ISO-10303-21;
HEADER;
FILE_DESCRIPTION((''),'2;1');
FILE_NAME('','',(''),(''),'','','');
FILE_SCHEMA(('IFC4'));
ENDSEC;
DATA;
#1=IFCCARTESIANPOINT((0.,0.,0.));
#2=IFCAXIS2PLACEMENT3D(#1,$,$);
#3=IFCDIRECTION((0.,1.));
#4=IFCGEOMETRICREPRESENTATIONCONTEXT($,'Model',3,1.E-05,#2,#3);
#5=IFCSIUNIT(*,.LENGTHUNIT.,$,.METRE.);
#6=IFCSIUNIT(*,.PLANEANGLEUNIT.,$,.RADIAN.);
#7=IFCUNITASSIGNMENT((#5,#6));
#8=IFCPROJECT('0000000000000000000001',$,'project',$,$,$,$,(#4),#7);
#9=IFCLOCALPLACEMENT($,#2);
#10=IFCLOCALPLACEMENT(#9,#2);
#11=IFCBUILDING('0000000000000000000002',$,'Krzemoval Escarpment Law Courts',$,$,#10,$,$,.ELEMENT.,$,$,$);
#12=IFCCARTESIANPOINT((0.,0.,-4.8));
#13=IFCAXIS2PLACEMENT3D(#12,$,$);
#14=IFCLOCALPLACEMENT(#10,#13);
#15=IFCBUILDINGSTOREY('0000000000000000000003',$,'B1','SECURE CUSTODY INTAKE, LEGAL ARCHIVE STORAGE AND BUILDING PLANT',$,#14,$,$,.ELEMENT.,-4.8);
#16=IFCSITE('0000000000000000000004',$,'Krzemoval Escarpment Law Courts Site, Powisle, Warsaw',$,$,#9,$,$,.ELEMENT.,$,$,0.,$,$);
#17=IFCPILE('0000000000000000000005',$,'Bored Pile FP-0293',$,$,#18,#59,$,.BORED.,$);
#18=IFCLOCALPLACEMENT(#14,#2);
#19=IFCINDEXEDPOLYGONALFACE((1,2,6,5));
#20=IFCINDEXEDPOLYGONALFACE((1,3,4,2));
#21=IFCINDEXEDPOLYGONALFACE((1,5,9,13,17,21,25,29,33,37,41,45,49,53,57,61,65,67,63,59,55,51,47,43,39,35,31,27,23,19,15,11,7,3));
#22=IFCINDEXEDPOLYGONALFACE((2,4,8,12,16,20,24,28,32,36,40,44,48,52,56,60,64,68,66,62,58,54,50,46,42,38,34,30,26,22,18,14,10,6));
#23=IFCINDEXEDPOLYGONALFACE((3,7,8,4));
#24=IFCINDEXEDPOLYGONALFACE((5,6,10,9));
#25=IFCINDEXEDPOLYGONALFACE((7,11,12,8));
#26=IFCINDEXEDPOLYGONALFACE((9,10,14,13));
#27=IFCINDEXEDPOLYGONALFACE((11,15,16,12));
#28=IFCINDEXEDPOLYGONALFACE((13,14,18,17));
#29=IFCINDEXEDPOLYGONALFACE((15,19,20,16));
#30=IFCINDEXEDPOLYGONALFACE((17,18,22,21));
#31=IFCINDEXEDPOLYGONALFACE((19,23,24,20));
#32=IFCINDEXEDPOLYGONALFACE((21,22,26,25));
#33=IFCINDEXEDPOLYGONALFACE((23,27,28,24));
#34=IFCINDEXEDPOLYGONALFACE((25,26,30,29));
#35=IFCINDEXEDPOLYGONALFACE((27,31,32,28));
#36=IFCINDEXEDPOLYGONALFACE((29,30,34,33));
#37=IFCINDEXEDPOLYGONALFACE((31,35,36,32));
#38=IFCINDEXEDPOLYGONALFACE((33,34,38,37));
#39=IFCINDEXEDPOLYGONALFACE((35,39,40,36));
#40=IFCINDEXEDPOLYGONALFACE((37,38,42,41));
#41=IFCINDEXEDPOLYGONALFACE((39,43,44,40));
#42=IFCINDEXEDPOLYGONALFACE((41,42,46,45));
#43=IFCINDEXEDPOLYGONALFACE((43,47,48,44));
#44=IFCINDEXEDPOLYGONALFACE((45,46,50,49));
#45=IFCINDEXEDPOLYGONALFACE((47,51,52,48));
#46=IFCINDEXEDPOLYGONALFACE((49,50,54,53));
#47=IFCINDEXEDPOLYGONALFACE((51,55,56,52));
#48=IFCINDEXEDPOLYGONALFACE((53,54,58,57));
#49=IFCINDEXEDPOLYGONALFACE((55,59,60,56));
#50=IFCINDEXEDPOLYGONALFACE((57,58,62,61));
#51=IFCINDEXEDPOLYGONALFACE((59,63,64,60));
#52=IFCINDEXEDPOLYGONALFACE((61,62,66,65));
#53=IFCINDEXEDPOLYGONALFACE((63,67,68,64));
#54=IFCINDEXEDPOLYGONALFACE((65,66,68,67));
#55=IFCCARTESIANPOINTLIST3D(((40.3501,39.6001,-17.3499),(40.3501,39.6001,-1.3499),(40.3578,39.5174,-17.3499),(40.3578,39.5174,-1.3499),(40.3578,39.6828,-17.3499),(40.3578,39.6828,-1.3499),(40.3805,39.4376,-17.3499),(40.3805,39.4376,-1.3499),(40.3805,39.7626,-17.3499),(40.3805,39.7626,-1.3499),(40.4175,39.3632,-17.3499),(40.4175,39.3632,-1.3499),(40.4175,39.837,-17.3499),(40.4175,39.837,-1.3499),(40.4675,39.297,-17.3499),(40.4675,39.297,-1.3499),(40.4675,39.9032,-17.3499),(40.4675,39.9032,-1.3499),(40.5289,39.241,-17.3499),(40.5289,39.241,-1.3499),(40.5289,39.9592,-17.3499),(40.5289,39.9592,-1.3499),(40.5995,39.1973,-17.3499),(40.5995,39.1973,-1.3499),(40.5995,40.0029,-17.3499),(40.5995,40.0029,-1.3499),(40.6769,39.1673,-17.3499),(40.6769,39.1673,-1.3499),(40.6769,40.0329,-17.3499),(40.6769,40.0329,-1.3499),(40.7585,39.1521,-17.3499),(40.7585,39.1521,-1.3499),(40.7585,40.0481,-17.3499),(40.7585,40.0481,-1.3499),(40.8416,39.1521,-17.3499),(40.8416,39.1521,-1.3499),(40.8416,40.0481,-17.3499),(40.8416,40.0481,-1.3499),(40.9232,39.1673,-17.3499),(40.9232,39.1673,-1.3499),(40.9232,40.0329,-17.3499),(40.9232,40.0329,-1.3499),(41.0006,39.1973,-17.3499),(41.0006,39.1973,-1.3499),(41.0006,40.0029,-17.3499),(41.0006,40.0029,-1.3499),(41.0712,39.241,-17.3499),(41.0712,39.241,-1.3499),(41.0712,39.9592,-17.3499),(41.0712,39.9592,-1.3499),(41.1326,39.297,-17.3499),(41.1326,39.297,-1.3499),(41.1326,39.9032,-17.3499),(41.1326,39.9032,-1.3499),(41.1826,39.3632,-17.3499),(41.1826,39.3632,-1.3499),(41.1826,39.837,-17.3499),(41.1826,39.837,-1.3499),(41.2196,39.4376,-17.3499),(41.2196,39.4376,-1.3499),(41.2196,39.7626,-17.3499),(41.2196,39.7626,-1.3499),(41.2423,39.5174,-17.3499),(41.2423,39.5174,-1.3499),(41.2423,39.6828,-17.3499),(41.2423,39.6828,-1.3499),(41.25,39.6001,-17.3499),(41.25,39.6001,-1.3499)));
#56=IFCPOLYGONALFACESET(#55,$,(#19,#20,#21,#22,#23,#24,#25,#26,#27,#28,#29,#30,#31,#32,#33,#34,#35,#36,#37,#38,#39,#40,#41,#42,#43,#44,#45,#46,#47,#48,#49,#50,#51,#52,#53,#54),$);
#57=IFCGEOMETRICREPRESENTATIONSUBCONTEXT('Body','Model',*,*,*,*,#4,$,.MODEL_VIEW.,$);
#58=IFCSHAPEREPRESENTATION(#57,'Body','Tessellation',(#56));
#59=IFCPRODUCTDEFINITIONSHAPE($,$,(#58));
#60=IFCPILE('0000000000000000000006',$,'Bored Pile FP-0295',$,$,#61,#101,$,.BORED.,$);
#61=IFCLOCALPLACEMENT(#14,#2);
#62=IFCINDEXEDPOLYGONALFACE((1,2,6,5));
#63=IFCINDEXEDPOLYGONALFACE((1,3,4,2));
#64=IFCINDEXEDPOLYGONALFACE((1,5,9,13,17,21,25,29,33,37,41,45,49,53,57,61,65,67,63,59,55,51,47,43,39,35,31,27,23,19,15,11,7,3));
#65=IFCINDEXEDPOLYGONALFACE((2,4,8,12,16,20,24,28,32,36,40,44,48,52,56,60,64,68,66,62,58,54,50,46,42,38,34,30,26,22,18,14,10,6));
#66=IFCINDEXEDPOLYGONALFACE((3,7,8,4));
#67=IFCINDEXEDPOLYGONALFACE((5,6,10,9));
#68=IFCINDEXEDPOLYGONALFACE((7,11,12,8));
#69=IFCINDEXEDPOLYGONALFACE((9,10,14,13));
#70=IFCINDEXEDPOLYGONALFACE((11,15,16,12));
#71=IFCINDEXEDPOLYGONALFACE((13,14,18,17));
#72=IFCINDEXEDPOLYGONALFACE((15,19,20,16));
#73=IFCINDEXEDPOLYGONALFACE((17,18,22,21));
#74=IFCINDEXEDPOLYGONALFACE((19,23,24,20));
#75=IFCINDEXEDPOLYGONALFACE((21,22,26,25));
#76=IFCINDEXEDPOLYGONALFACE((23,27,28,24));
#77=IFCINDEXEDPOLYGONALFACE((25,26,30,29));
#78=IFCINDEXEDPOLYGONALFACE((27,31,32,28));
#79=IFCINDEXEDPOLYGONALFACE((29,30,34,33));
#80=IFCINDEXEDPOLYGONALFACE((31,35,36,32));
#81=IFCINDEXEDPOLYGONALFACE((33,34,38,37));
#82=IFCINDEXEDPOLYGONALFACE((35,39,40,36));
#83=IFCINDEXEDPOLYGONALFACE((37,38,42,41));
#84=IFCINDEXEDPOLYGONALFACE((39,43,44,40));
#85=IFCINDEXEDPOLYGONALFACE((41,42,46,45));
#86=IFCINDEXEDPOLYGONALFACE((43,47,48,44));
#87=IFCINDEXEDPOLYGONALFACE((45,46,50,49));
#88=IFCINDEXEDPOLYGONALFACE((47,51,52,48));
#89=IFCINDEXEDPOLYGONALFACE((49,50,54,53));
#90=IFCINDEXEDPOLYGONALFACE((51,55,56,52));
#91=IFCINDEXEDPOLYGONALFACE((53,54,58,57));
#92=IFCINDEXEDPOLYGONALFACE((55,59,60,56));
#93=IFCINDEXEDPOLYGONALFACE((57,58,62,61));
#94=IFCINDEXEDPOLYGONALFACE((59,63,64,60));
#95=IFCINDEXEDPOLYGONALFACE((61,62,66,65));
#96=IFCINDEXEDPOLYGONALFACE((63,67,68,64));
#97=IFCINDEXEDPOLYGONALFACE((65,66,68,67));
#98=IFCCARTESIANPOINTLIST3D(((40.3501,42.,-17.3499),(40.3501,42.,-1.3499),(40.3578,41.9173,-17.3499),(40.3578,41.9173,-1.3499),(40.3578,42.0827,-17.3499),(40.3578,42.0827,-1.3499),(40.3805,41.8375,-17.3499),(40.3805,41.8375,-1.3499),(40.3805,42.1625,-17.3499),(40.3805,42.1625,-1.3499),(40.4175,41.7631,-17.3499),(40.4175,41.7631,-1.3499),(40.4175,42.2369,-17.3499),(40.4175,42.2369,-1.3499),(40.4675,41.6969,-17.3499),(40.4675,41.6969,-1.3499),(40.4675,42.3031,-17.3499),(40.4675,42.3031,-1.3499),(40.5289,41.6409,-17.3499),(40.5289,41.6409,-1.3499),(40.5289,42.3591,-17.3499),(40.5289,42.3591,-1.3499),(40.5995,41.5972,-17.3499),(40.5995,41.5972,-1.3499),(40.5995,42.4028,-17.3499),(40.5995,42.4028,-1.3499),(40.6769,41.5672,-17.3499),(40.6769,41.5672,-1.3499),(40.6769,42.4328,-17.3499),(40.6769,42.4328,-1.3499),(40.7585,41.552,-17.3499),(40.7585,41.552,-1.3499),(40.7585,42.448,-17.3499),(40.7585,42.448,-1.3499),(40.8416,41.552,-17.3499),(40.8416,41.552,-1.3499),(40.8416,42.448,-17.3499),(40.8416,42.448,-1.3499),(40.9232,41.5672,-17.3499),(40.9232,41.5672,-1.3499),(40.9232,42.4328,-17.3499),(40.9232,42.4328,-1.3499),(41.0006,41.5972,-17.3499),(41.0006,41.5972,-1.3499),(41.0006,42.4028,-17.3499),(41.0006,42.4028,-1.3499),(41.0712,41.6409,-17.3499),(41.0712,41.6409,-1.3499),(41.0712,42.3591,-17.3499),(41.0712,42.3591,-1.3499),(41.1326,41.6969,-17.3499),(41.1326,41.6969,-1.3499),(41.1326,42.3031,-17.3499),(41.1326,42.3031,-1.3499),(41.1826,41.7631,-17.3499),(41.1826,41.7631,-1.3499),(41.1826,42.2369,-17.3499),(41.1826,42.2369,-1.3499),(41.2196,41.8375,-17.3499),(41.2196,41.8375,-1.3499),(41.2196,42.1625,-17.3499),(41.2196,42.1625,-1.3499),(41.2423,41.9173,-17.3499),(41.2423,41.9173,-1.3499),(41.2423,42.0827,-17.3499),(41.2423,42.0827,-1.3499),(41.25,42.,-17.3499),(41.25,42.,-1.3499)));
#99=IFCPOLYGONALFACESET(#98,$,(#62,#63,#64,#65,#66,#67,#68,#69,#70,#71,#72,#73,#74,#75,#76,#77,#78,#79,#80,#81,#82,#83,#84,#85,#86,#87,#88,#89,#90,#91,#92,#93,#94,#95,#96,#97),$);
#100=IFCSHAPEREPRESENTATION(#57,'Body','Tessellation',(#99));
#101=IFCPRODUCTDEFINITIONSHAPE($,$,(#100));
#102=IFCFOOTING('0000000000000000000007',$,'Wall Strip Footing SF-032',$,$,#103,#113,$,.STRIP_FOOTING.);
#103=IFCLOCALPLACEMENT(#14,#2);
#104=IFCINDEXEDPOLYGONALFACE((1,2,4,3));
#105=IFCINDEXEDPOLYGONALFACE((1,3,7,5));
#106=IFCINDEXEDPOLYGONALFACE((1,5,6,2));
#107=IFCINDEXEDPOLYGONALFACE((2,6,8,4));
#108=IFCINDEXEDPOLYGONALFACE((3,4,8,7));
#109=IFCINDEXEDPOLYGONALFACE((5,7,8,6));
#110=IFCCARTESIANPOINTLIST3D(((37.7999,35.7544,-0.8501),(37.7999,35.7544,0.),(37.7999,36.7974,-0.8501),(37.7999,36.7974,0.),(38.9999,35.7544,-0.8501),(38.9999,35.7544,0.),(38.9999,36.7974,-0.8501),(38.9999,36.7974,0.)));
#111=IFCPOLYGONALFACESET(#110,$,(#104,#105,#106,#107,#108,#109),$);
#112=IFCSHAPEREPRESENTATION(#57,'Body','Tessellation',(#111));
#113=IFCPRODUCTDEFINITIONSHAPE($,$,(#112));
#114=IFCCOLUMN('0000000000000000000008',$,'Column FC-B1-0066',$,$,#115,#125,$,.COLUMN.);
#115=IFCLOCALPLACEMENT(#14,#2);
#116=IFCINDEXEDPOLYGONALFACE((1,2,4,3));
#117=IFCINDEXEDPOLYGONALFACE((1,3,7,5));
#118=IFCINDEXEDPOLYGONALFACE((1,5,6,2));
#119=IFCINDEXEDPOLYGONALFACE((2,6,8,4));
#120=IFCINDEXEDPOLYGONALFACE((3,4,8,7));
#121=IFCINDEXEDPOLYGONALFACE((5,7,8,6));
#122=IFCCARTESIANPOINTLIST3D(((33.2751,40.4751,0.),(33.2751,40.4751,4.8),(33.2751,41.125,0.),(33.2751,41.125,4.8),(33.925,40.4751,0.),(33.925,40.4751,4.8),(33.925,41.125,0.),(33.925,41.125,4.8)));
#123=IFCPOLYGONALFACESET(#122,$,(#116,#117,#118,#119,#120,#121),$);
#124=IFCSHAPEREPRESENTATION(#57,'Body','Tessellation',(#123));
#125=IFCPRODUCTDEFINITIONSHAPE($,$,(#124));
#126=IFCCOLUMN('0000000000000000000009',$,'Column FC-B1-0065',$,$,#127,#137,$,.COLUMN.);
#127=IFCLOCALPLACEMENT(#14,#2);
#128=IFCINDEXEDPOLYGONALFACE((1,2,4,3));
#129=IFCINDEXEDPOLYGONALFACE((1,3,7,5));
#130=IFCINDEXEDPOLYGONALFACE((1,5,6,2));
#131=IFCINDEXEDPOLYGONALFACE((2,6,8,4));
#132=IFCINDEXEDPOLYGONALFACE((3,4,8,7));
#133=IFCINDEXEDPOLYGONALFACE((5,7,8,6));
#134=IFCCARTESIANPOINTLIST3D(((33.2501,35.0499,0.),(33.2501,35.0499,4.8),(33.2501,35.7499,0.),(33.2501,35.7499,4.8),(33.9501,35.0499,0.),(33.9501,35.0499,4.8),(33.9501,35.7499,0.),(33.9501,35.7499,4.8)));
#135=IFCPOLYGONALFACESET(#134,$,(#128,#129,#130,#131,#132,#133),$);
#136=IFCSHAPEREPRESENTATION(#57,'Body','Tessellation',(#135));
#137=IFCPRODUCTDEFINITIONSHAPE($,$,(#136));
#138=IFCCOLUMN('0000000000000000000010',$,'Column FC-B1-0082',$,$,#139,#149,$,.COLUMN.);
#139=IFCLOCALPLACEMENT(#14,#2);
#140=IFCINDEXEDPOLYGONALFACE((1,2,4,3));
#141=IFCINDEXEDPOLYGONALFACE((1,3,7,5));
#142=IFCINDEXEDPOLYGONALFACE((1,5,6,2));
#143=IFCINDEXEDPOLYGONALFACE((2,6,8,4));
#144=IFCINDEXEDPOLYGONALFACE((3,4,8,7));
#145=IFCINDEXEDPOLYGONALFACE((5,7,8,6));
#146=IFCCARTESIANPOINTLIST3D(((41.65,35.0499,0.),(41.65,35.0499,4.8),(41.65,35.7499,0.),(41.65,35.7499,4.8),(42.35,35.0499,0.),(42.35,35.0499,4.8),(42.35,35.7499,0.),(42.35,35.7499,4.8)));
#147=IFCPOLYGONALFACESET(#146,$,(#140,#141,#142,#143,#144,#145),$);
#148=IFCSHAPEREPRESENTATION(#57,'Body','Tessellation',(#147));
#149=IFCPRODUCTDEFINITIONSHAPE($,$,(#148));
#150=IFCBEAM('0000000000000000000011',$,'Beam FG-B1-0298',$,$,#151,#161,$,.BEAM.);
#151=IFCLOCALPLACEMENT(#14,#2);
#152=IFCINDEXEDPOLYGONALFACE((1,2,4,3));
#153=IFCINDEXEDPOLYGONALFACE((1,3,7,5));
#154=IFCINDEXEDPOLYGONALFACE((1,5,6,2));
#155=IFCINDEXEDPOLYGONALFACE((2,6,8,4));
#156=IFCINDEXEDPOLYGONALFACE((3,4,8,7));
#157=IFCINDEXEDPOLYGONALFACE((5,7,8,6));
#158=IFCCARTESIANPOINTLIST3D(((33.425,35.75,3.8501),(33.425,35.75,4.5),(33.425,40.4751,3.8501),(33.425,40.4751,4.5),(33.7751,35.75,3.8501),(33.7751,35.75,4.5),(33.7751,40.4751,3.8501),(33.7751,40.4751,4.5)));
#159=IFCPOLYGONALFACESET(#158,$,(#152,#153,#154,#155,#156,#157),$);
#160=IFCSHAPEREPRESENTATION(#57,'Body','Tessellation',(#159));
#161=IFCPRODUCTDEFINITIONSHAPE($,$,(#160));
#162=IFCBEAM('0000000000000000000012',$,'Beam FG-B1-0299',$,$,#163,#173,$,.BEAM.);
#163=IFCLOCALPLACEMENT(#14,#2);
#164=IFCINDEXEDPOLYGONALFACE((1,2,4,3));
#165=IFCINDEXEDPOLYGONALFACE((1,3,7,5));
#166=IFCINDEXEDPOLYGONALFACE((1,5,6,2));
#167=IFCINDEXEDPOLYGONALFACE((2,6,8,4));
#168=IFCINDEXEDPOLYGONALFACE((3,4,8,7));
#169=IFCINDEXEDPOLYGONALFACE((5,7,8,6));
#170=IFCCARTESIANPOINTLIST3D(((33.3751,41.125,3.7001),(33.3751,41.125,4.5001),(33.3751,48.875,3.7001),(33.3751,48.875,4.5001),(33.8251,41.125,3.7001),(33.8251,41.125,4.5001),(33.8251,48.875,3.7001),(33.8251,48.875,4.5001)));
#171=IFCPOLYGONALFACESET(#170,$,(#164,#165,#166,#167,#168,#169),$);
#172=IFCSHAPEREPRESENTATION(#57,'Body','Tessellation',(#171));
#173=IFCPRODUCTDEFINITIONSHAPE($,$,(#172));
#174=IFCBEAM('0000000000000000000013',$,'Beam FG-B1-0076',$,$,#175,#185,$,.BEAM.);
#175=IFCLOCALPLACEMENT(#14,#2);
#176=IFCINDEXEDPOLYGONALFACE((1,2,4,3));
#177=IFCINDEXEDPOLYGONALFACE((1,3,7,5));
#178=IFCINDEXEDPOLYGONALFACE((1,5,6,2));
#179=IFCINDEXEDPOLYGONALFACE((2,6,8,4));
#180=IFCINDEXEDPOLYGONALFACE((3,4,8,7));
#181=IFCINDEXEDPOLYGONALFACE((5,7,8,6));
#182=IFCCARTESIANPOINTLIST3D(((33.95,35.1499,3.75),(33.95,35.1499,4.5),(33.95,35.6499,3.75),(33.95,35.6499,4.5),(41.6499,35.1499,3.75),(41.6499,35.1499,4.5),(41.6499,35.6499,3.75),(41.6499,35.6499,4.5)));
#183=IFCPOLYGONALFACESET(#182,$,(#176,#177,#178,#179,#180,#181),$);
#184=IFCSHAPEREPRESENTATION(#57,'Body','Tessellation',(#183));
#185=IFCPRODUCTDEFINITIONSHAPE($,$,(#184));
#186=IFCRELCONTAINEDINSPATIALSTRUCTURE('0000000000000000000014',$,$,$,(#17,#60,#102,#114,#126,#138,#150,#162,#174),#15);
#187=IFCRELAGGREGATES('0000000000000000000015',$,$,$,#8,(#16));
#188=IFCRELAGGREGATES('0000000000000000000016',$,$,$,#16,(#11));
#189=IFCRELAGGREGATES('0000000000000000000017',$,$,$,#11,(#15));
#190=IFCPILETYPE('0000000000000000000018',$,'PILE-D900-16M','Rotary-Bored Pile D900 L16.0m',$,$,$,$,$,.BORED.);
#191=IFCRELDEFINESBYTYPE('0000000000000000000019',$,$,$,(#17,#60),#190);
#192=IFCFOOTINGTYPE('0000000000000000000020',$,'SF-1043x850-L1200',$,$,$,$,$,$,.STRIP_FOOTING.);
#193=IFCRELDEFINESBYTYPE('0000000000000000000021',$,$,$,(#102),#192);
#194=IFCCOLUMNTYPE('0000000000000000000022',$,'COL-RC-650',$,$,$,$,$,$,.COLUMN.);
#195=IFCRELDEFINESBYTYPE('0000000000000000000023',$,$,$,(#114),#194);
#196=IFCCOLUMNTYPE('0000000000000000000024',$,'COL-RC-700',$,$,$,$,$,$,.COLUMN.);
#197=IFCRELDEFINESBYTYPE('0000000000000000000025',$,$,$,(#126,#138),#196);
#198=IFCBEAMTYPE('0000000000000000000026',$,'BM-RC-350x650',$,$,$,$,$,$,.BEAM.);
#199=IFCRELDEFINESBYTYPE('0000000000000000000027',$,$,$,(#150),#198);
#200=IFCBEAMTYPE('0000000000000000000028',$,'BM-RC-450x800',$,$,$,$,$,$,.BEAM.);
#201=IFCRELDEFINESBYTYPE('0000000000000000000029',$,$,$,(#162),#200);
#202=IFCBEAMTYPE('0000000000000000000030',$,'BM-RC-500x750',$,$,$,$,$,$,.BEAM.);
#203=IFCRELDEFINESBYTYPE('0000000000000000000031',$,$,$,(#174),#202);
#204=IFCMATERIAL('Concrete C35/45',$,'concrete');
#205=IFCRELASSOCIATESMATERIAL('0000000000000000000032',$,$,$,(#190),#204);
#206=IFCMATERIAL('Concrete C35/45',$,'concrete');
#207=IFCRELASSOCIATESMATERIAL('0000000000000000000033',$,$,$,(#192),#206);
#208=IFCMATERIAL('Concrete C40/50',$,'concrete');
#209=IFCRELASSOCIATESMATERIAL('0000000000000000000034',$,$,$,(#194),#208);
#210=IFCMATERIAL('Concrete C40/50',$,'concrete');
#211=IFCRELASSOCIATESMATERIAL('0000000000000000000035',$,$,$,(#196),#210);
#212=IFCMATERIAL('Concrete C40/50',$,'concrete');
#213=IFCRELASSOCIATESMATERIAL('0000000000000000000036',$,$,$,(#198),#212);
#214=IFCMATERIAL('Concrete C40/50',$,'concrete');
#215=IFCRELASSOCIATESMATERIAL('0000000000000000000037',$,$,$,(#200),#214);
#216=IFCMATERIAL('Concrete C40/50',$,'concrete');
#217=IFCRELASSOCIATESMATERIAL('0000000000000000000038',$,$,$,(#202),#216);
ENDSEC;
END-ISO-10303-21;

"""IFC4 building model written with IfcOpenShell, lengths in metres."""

from ifc_helpers import new_model, si_unit, direction, frame, origin, origin_2d, place, context, subcontext, project, spatial, rectangle, circle, extrude, material, material_profile, profile_set, type_object, element, save


model = new_model("IFC4")

# Units and contexts
model_context = context("Model", 3, precision=1e-05, world=origin(), true_north=direction((0.0, 1.0)))
body_context = subcontext(model_context, "Body", "Model", "MODEL_VIEW")
ifc_project = project(units=[si_unit("LENGTHUNIT", "METRE"), si_unit("PLANEANGLEUNIT", "RADIAN")], contexts=[model_context])

# Site, building, storey
site_placement = place(None, origin())
site = spatial("IfcSite", under=ifc_project, at=site_placement, Name="Krzemoval Escarpment Law Courts Site, Powisle, Warsaw", CompositionType="ELEMENT", RefElevation=0.0)
building_placement = place(site_placement, origin())
building = spatial("IfcBuilding", under=site, at=building_placement, Name="Krzemoval Escarpment Law Courts", CompositionType="ELEMENT")
storey_placement = place(building_placement, frame((0.0, 0.0, -4.8)))
storey = spatial("IfcBuildingStorey", under=building, at=storey_placement, Name="B1", Description="SECURE CUSTODY INTAKE, LEGAL ARCHIVE STORAGE AND BUILDING PLANT", CompositionType="ELEMENT", Elevation=-4.8)

# Piles
ifc_material_1 = material(Name="Concrete C35/45", Category="concrete")
ifc_material_profile_1 = material_profile(ifc_material_1, circle(Radius=0.45, at=origin_2d()), Name="PILE D900")
ifc_profile_set_1 = profile_set([ifc_material_profile_1], Name="Concrete C35/45")
pile_type_1 = type_object("IfcPileType", Name="PILE-D900-16M", Description="Rotary-Bored Pile D900 L16.0m", PredefinedType="BORED", material=ifc_profile_set_1)
for number, where, z_axis, x_axis, name in (
    (1, (40.8, 39.6001, -1.3499), (0.0, 0.0, -1.0), (1.0, 0.0, 0.0), "Bored Pile FP-0293"),
    (2, (40.8, 42.0, -1.3499), (0.0, 0.0, -1.0), (1.0, 0.0, 0.0), "Bored Pile FP-0295"),
):
    element("IfcPile", number, at=place(storey_placement, frame(where, z_axis=z_axis, x_axis=x_axis)), inside=storey, type_object=pile_type_1, Name=name, PredefinedType="BORED", context=body_context, shape_type="SweptSolid", body=[
        extrude(circle(Radius=0.45, at=origin_2d()), origin(), (0.0, 0.0, 1.0), 16.0),
    ])

# Footing
ifc_material_2 = material(Name="Concrete C35/45", Category="concrete")
footing_type_1 = type_object("IfcFootingType", Name="SF-1043x850-L1200", PredefinedType="STRIP_FOOTING", material=ifc_material_2)
footing_1_placement = place(storey_placement, frame((38.3999, 36.2759, -0.8501), z_axis=(0.0, 0.0, 1.0), x_axis=(1.0, 0.0, 0.0)))
element("IfcFooting", 3, at=footing_1_placement, inside=storey, type_object=footing_type_1, Name="Wall Strip Footing SF-032", PredefinedType="STRIP_FOOTING", context=body_context, shape_type="SweptSolid", body=[
    extrude(rectangle(XDim=1.2, YDim=1.043, at=origin_2d()), origin(), (0.0, 0.0, 1.0), 0.8501),
])

# Columns
ifc_material_3 = material(Name="Concrete C40/50", Category="concrete")
ifc_material_profile_2 = material_profile(ifc_material_3, rectangle(XDim=0.6499, YDim=0.6499, at=origin_2d()), Name="RC 650x650")
ifc_profile_set_2 = profile_set([ifc_material_profile_2], Name="Concrete C40/50")
column_type_1 = type_object("IfcColumnType", Name="COL-RC-650", PredefinedType="COLUMN", material=ifc_profile_set_2)
column_placement = place(storey_placement, frame((33.6001, 40.8, 0.0), z_axis=(0.0, 0.0, 1.0), x_axis=(1.0, 0.0, 0.0)))
element("IfcColumn", 4, at=column_placement, inside=storey, type_object=column_type_1, Name="Column FC-B1-0066", PredefinedType="COLUMN", context=body_context, shape_type="SweptSolid", body=[
    extrude(rectangle(XDim=0.6499, YDim=0.6499, at=origin_2d()), origin(), (0.0, 0.0, 1.0), 4.8),
])
ifc_material_4 = material(Name="Concrete C40/50", Category="concrete")
ifc_material_profile_3 = material_profile(ifc_material_4, rectangle(XDim=0.7, YDim=0.7, at=origin_2d()), Name="RC 700x700")
ifc_profile_set_3 = profile_set([ifc_material_profile_3], Name="Concrete C40/50")
column_type_2 = type_object("IfcColumnType", Name="COL-RC-700", PredefinedType="COLUMN", material=ifc_profile_set_3)
for number, where, z_axis, x_axis, name in (
    (5, (33.6001, 35.3999, 0.0), (0.0, 0.0, 1.0), (1.0, 0.0, 0.0), "Column FC-B1-0065"),
    (6, (42.0, 35.3999, 0.0), (0.0, 0.0, 1.0), (1.0, 0.0, 0.0), "Column FC-B1-0082"),
):
    element("IfcColumn", number, at=place(storey_placement, frame(where, z_axis=z_axis, x_axis=x_axis)), inside=storey, type_object=column_type_2, Name=name, PredefinedType="COLUMN", context=body_context, shape_type="SweptSolid", body=[
        extrude(rectangle(XDim=0.7, YDim=0.7, at=origin_2d()), origin(), (0.0, 0.0, 1.0), 4.8),
    ])

# Beams
ifc_material_5 = material(Name="Concrete C40/50", Category="concrete")
ifc_material_profile_4 = material_profile(ifc_material_5, rectangle(XDim=0.3501, YDim=0.6499, at=origin_2d()), Name="RCB 350x650")
ifc_profile_set_4 = profile_set([ifc_material_profile_4], Name="Concrete C40/50")
beam_type_1 = type_object("IfcBeamType", Name="BM-RC-350x650", PredefinedType="BEAM", material=ifc_profile_set_4)
beam_1_placement = place(storey_placement, frame((33.6001, 35.75, 4.175), z_axis=(0.0, 1.0, 0.0), x_axis=(-1.0, 0.0, 0.0)))
element("IfcBeam", 7, at=beam_1_placement, inside=storey, type_object=beam_type_1, Name="Beam FG-B1-0298", PredefinedType="BEAM", context=body_context, shape_type="SweptSolid", body=[
    extrude(rectangle(XDim=0.3501, YDim=0.6499, at=origin_2d()), origin(), (0.0, 0.0, 1.0), 4.7251),
])
ifc_material_6 = material(Name="Concrete C40/50", Category="concrete")
ifc_material_profile_5 = material_profile(ifc_material_6, rectangle(XDim=0.45, YDim=0.8, at=origin_2d()), Name="RCB 450x800")
ifc_profile_set_5 = profile_set([ifc_material_profile_5], Name="Concrete C40/50")
beam_type_2 = type_object("IfcBeamType", Name="BM-RC-450x800", PredefinedType="BEAM", material=ifc_profile_set_5)
beam_2_placement = place(storey_placement, frame((33.6001, 41.125, 4.1001), z_axis=(0.0, 1.0, 0.0), x_axis=(-1.0, 0.0, 0.0)))
element("IfcBeam", 8, at=beam_2_placement, inside=storey, type_object=beam_type_2, Name="Beam FG-B1-0299", PredefinedType="BEAM", context=body_context, shape_type="SweptSolid", body=[
    extrude(rectangle(XDim=0.45, YDim=0.8, at=origin_2d()), origin(), (0.0, 0.0, 1.0), 7.75),
])
ifc_material_7 = material(Name="Concrete C40/50", Category="concrete")
ifc_material_profile_6 = material_profile(ifc_material_7, rectangle(XDim=0.5, YDim=0.75, at=origin_2d()), Name="RCB 500x750")
ifc_profile_set_6 = profile_set([ifc_material_profile_6], Name="Concrete C40/50")
beam_type_3 = type_object("IfcBeamType", Name="BM-RC-500x750", PredefinedType="BEAM", material=ifc_profile_set_6)
beam_3_placement = place(storey_placement, frame((33.95, 35.3999, 4.125), z_axis=(1.0, 0.0, 0.0), x_axis=(0.0, 1.0, 0.0)))
element("IfcBeam", 9, at=beam_3_placement, inside=storey, type_object=beam_type_3, Name="Beam FG-B1-0076", PredefinedType="BEAM", context=body_context, shape_type="SweptSolid", body=[
    extrude(rectangle(XDim=0.5, YDim=0.75, at=origin_2d()), origin(), (0.0, 0.0, 1.0), 7.7),
])

save(model, "model.ifc")
